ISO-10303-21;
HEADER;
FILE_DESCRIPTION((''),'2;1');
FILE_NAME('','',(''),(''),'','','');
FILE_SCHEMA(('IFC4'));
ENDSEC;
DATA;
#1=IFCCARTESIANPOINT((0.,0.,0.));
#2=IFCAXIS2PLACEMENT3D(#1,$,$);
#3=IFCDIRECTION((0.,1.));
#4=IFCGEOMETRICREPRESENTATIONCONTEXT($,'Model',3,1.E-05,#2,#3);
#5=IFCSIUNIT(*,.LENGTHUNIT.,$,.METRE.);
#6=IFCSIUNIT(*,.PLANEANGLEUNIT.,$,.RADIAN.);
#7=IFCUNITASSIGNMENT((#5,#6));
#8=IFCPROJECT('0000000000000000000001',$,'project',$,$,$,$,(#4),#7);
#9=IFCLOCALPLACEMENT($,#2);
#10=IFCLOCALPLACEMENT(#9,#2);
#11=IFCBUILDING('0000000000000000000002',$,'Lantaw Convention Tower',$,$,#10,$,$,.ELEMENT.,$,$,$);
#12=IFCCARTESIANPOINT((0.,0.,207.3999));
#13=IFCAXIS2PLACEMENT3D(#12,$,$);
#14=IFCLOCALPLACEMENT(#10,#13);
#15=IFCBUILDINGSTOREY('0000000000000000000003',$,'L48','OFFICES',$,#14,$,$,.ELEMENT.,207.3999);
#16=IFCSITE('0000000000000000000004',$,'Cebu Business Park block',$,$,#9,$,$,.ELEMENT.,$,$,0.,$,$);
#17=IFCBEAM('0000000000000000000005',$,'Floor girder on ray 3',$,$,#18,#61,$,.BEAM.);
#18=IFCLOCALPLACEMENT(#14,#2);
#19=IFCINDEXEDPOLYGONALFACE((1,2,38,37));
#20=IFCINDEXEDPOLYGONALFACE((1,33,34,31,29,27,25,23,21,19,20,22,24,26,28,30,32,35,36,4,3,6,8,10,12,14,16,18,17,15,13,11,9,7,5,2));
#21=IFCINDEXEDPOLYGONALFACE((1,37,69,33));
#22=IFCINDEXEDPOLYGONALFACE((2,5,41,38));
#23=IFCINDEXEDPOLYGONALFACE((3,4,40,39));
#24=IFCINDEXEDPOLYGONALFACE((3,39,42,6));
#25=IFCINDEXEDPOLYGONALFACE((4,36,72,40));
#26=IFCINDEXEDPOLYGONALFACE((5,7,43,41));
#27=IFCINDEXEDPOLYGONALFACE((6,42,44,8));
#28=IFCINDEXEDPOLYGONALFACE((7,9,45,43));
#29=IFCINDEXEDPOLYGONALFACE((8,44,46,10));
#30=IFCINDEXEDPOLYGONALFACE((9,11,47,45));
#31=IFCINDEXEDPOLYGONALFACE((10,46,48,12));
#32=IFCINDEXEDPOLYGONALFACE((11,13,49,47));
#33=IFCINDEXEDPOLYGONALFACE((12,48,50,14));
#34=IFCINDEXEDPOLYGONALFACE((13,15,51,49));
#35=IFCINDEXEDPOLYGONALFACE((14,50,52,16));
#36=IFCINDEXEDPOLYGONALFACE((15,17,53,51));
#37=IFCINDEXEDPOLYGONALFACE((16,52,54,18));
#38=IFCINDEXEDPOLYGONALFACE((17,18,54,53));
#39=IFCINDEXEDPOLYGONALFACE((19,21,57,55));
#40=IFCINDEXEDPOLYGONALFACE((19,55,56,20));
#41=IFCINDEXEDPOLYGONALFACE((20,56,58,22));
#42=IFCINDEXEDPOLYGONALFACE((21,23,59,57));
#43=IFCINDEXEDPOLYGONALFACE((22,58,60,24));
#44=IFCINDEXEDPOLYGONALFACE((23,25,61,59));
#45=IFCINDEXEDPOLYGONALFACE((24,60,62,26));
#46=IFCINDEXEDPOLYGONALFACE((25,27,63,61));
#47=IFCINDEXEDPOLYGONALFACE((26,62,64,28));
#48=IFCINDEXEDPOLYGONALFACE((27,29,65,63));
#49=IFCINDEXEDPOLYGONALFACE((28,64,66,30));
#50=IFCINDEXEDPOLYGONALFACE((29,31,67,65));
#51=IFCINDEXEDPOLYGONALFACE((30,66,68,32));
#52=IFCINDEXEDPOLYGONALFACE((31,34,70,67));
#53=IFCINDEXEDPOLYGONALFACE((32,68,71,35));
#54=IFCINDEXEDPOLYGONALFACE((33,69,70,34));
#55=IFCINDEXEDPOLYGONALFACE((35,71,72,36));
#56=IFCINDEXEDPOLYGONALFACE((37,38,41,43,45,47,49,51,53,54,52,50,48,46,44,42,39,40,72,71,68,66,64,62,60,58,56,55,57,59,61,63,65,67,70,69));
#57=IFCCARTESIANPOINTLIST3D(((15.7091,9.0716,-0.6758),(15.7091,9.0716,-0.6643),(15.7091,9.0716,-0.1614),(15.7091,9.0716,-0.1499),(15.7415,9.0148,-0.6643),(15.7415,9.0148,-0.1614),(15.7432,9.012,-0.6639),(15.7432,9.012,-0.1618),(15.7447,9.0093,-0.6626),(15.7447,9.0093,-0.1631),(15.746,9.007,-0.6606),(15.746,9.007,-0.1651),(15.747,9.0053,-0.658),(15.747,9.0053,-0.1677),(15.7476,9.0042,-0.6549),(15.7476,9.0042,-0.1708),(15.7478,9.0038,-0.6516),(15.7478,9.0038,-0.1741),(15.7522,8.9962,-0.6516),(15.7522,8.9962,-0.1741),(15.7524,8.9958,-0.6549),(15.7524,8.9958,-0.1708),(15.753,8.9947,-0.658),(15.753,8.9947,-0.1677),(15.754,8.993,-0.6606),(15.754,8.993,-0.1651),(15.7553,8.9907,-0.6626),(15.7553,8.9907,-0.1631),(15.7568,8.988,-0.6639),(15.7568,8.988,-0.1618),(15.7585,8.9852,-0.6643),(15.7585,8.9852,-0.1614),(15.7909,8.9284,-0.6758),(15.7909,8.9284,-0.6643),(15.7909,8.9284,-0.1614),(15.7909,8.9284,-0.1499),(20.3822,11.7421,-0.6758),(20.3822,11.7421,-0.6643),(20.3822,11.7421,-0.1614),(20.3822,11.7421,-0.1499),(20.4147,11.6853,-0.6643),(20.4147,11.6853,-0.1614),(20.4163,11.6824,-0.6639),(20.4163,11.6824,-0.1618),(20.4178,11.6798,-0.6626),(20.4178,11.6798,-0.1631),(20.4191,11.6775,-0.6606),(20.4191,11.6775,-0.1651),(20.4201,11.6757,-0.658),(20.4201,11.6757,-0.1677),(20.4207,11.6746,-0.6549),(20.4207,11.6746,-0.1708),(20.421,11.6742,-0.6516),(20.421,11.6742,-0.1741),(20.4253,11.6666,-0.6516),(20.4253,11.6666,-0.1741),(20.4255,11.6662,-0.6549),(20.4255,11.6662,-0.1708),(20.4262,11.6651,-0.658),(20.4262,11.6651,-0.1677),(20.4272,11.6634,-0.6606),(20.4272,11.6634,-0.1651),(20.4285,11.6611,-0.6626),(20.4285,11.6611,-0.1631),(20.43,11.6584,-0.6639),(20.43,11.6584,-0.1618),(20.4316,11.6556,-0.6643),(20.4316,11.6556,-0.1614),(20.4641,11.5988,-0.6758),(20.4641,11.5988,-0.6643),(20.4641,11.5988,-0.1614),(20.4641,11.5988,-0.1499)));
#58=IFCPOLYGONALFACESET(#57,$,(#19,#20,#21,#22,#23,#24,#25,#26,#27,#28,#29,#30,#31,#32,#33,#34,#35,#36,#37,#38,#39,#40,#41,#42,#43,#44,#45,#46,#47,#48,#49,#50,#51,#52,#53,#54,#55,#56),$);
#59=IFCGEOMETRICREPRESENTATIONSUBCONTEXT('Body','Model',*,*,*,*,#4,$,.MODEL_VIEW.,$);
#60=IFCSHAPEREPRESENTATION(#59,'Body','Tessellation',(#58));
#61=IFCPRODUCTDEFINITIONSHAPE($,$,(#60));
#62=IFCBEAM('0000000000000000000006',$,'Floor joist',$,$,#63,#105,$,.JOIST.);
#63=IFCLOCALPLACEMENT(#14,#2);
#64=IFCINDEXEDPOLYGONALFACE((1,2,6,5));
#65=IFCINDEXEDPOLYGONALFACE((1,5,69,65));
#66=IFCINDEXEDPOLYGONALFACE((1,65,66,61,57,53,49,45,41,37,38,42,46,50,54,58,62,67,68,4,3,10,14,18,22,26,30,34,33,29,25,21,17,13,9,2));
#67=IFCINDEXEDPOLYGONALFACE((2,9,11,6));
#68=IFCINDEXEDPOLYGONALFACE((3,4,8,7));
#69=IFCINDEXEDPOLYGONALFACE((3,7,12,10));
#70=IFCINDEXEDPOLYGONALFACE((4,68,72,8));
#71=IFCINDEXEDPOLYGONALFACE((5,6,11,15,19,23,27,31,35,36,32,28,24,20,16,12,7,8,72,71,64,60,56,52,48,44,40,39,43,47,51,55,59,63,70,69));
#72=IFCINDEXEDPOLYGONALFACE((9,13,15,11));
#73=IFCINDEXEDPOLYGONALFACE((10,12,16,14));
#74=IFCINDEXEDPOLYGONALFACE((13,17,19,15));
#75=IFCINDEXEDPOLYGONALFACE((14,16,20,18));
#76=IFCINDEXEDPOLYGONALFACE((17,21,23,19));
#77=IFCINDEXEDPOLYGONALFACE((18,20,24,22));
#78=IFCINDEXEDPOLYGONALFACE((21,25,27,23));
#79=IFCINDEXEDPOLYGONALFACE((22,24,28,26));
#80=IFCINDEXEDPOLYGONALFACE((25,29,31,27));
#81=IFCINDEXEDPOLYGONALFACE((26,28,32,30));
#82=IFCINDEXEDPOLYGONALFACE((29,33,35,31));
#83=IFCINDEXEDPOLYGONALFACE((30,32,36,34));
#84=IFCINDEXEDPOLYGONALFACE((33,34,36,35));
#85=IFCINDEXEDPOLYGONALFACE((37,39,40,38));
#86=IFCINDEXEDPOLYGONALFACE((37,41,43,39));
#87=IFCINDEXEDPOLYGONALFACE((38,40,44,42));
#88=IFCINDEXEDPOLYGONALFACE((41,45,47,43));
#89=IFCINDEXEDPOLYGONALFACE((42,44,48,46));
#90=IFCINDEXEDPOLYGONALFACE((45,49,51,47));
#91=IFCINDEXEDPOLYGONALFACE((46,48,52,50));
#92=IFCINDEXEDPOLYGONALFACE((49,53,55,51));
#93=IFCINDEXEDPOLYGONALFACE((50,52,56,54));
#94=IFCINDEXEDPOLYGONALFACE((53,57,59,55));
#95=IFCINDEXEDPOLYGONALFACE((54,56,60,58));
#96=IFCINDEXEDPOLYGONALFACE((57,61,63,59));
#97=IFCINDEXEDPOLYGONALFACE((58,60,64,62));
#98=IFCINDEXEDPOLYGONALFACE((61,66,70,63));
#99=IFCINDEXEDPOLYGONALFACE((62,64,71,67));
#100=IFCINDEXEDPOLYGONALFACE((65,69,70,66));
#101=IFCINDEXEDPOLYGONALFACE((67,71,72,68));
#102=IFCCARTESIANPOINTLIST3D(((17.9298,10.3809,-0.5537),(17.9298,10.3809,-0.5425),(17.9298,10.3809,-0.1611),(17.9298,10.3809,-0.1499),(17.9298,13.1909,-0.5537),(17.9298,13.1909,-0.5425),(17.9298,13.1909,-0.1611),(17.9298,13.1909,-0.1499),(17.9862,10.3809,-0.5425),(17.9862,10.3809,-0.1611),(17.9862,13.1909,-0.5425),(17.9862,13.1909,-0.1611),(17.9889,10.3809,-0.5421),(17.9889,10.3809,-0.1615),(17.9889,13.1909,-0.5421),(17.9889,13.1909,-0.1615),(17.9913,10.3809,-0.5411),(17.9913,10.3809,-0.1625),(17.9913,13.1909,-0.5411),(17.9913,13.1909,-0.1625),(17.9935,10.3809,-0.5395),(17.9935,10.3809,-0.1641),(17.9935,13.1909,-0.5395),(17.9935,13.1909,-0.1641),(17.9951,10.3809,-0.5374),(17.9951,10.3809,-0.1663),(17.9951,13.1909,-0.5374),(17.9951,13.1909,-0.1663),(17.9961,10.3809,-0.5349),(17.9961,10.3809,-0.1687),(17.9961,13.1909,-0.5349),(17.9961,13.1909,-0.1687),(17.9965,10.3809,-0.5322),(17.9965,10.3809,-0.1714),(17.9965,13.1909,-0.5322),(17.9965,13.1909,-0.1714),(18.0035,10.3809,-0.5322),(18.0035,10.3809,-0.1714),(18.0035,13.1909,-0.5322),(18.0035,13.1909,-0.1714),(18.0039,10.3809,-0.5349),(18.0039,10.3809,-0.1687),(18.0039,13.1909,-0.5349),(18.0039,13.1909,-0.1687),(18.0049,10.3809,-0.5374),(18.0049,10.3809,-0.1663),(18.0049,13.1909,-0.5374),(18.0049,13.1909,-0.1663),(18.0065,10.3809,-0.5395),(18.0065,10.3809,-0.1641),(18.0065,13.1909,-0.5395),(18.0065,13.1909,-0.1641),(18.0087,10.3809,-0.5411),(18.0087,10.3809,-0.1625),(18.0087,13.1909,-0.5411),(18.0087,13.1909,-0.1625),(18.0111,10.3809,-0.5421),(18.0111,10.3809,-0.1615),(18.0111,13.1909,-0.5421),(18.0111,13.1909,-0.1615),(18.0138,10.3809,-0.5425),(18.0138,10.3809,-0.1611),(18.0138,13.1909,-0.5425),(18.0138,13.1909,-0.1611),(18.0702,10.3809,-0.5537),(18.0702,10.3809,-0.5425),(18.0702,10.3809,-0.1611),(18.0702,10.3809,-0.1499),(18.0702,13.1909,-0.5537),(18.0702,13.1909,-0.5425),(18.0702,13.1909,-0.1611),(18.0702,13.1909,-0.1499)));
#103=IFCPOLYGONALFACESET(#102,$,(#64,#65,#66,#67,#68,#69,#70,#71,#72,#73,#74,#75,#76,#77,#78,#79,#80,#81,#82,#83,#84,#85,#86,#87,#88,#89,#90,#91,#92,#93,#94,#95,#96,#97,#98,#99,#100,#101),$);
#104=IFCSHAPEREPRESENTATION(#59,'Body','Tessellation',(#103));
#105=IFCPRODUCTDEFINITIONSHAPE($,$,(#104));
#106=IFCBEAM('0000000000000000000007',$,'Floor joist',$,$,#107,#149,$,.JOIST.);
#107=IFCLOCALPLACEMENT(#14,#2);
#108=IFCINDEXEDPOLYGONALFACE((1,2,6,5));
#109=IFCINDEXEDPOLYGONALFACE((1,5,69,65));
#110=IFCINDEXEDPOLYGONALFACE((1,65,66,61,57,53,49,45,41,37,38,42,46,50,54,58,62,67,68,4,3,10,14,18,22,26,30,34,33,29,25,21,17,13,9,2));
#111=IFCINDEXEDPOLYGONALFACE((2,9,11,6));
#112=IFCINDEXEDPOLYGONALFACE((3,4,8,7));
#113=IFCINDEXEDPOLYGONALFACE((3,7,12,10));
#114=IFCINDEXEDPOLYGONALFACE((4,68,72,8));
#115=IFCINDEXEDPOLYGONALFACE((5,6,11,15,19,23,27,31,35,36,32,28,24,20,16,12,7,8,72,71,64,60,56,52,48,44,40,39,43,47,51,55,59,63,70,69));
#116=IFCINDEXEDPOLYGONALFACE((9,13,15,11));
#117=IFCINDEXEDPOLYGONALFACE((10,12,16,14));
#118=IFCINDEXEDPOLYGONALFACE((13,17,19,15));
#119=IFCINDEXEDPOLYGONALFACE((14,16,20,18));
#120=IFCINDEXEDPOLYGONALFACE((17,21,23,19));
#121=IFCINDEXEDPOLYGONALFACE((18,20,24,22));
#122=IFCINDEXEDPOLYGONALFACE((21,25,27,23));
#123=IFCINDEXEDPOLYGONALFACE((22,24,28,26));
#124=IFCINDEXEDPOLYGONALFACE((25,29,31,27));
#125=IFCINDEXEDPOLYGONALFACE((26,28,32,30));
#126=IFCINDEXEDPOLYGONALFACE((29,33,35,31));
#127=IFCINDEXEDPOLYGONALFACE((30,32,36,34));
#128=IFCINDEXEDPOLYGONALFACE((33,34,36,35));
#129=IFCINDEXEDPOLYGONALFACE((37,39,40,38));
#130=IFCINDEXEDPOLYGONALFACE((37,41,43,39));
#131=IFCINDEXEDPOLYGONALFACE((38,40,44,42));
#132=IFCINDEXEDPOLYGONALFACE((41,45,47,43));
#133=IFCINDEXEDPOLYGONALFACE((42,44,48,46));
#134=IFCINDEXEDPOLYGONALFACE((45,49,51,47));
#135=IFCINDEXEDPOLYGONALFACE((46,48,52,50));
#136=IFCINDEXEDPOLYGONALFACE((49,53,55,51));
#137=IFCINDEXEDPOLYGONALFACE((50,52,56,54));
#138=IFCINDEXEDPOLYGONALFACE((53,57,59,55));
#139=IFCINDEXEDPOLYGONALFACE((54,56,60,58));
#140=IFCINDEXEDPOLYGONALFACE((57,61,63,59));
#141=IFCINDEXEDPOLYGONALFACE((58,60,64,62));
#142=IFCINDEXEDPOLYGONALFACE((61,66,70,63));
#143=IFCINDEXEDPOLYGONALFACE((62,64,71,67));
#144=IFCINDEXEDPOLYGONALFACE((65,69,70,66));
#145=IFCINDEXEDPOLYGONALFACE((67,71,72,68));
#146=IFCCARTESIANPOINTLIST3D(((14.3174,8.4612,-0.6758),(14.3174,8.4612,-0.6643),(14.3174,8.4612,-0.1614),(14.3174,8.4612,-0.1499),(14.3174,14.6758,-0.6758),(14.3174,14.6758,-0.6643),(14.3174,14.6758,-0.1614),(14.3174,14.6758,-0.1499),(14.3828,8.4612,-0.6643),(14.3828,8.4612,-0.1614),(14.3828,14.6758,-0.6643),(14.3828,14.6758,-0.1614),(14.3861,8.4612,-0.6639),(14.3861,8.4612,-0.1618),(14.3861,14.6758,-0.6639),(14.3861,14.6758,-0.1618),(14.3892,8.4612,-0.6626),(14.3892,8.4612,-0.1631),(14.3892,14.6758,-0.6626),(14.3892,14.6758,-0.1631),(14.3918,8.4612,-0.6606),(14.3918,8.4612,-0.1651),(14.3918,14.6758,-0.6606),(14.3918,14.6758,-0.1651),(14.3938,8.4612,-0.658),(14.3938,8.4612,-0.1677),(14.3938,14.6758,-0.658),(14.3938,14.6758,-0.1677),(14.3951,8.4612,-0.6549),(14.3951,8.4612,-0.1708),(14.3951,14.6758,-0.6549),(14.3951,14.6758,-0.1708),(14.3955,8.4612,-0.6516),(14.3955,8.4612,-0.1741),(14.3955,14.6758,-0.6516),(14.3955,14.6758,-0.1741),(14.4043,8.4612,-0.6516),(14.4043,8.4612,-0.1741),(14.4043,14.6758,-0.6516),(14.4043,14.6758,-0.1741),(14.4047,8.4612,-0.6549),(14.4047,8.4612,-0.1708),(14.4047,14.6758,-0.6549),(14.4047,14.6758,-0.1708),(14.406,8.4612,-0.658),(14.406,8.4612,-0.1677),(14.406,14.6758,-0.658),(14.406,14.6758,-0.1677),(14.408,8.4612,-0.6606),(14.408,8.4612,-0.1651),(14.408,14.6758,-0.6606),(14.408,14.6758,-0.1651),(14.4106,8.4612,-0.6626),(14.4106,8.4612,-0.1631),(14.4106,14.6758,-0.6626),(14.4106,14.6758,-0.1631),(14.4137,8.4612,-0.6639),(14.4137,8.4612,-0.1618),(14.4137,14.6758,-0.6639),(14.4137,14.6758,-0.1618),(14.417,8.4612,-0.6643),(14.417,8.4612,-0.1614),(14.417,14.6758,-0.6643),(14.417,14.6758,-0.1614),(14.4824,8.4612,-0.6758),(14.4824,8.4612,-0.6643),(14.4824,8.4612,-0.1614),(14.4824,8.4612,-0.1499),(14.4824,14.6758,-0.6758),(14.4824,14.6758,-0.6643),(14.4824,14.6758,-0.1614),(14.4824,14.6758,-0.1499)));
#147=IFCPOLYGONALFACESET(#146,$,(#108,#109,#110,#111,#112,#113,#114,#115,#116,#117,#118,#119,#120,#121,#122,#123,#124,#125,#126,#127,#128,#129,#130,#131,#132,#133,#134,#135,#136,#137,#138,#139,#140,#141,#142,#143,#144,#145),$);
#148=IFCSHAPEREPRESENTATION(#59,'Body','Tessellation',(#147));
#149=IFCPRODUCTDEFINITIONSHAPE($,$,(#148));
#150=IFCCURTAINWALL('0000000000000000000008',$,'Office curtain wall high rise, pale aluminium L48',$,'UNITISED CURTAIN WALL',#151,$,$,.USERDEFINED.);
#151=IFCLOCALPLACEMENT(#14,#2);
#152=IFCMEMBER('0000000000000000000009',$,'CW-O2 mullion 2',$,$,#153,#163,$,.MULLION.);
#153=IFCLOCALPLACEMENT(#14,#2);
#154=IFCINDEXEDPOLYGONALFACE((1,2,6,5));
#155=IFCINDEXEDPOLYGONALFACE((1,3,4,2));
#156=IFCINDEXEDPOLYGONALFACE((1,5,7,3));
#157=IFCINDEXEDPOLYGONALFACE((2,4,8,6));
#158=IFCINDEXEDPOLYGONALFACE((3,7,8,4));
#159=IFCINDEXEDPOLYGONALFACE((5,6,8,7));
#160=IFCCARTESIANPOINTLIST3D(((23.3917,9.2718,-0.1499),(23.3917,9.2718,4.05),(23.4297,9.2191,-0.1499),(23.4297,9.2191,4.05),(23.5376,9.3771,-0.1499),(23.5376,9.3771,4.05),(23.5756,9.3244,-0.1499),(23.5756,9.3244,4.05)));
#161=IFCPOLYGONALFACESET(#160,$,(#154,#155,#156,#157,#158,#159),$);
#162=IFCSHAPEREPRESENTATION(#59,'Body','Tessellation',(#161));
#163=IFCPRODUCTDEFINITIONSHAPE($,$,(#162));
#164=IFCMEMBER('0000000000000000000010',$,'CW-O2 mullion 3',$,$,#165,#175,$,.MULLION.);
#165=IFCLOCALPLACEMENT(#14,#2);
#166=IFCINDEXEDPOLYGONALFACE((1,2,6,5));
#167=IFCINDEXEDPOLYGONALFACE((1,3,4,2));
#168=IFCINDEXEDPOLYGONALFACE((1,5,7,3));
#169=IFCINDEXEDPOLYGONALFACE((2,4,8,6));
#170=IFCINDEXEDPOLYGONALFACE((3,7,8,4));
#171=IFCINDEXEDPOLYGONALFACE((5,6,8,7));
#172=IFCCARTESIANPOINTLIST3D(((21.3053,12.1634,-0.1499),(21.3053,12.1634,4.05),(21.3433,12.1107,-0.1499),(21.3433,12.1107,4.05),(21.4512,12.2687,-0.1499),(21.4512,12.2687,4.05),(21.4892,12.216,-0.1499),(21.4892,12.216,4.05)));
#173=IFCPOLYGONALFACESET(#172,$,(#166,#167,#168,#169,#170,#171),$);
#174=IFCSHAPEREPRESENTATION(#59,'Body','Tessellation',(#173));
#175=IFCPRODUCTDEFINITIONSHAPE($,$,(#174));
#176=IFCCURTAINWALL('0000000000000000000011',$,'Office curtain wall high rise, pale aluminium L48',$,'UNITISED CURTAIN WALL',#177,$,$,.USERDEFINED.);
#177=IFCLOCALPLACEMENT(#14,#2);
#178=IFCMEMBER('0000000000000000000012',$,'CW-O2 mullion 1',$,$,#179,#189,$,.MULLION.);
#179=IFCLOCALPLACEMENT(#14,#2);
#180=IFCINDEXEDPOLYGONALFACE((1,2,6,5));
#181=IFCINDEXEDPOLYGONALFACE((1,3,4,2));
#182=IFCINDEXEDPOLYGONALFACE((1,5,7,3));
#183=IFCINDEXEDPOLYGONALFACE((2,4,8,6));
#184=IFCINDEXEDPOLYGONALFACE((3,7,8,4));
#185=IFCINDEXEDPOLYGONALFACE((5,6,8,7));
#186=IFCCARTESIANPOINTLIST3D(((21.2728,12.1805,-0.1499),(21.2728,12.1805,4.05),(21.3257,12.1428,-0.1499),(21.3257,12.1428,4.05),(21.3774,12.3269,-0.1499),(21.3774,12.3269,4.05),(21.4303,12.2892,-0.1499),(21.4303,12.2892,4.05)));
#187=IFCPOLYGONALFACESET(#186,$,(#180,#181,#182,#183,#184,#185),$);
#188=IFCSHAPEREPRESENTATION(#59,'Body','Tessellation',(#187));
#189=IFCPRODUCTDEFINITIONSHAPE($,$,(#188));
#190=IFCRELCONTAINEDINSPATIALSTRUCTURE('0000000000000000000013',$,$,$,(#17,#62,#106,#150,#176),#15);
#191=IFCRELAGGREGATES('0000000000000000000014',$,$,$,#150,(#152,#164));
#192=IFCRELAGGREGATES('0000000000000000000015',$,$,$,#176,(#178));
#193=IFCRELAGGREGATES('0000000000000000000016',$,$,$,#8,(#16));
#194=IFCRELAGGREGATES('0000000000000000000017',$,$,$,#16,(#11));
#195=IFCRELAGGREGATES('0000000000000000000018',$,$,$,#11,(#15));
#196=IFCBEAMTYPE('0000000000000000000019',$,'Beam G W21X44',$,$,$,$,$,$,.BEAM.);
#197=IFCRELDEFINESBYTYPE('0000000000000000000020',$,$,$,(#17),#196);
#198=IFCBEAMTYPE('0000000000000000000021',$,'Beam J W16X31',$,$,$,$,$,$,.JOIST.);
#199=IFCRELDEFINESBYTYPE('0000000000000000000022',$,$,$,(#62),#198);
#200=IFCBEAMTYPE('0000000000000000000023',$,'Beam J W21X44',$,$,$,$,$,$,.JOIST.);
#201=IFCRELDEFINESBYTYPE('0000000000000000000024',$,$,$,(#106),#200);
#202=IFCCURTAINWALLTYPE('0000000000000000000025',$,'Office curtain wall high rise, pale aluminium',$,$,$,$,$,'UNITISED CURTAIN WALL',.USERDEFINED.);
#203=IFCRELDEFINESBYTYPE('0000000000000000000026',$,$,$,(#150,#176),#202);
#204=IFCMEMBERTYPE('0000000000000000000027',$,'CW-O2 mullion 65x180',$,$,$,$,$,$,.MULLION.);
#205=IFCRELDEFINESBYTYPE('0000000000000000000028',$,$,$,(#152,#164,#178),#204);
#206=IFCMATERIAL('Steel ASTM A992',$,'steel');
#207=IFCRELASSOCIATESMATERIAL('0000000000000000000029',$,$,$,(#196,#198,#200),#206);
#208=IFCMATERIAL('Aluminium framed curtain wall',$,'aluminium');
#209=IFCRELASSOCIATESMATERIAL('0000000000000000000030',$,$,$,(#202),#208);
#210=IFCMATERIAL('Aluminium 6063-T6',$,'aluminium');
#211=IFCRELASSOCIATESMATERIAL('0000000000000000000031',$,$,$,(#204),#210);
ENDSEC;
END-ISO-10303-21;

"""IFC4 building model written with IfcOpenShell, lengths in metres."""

from ifc_helpers import new_model, si_unit, direction, frame, origin, origin_2d, place, context, subcontext, project, spatial, rectangle, i_section, extrude, material, material_profile, profile_set, type_object, element, aggregate, save


model = new_model("IFC4")

# Units and contexts
model_context = context("Model", 3, precision=1e-05, world=origin(), true_north=direction((0.0, 1.0)))
body_context = subcontext(model_context, "Body", "Model", "MODEL_VIEW")
ifc_project = project(units=[si_unit("LENGTHUNIT", "METRE"), si_unit("PLANEANGLEUNIT", "RADIAN")], contexts=[model_context])

# Site, building, storey
site_placement = place(None, origin())
site = spatial("IfcSite", under=ifc_project, at=site_placement, Name="Cebu Business Park block", CompositionType="ELEMENT", RefElevation=0.0)
building_placement = place(site_placement, origin())
building = spatial("IfcBuilding", under=site, at=building_placement, Name="Lantaw Convention Tower", CompositionType="ELEMENT")
storey_placement = place(building_placement, frame((0.0, 0.0, 207.3999)))
storey = spatial("IfcBuildingStorey", under=building, at=storey_placement, Name="L48", Description="OFFICES", CompositionType="ELEMENT", Elevation=207.3999)

# Beams
ifc_material_1 = material(Name="Steel ASTM A992", Category="steel")
ifc_material_profile_1 = material_profile(ifc_material_1, i_section(OverallWidth=0.165, OverallDepth=0.5259, WebThickness=0.0088, FlangeThickness=0.0115, FilletRadius=0.0127, at=origin_2d()), Name="W21X44")
ifc_profile_set_1 = profile_set([ifc_material_profile_1], Name="Steel ASTM A992")
beam_type_1 = type_object("IfcBeamType", Name="Beam G W21X44", PredefinedType="BEAM", material=ifc_profile_set_1)
beam_1_placement = place(storey_placement, frame((15.75, 9.0, -0.4128), z_axis=(0.868238, 0.496149, 0.0), x_axis=(-0.496149, 0.868238, 0.0)))
element("IfcBeam", 1, at=beam_1_placement, inside=storey, type_object=beam_type_1, Name="Floor girder on ray 3", PredefinedType="BEAM", context=body_context, shape_type="SweptSolid", body=[
    extrude(i_section(OverallWidth=0.165, OverallDepth=0.5259, WebThickness=0.0088, FlangeThickness=0.0115, FilletRadius=0.0127, at=origin_2d()), origin(), (0.0, 0.0, 1.0), 5.3823),
])
ifc_material_profile_2 = material_profile(ifc_material_1, i_section(OverallWidth=0.1404, OverallDepth=0.4038, WebThickness=0.0071, FlangeThickness=0.0112, FilletRadius=0.0103, at=origin_2d()), Name="W16X31")
ifc_profile_set_2 = profile_set([ifc_material_profile_2], Name="Steel ASTM A992")
beam_type_2 = type_object("IfcBeamType", Name="Beam J W16X31", PredefinedType="JOIST", material=ifc_profile_set_2)
beam_2_placement = place(storey_placement, frame((18.0, 10.3809, -0.3518), z_axis=(0.0, 1.0, 0.0), x_axis=(-1.0, 0.0, 0.0)))
element("IfcBeam", 2, at=beam_2_placement, inside=storey, type_object=beam_type_2, Name="Floor joist", PredefinedType="JOIST", context=body_context, shape_type="SweptSolid", body=[
    extrude(i_section(OverallWidth=0.1404, OverallDepth=0.4038, WebThickness=0.0071, FlangeThickness=0.0112, FilletRadius=0.0103, at=origin_2d()), origin(), (0.0, 0.0, 1.0), 2.8101),
])
ifc_material_profile_3 = material_profile(ifc_material_1, i_section(OverallWidth=0.165, OverallDepth=0.5259, WebThickness=0.0088, FlangeThickness=0.0115, FilletRadius=0.0127, at=origin_2d()), Name="W21X44")
ifc_profile_set_3 = profile_set([ifc_material_profile_3], Name="Steel ASTM A992")
beam_type_3 = type_object("IfcBeamType", Name="Beam J W21X44", PredefinedType="JOIST", material=ifc_profile_set_3)
beam_3_placement = place(storey_placement, frame((14.3999, 8.4612, -0.4128), z_axis=(0.0, 1.0, 0.0), x_axis=(-1.0, 0.0, 0.0)))
element("IfcBeam", 3, at=beam_3_placement, inside=storey, type_object=beam_type_3, Name="Floor joist", PredefinedType="JOIST", context=body_context, shape_type="SweptSolid", body=[
    extrude(i_section(OverallWidth=0.165, OverallDepth=0.5259, WebThickness=0.0088, FlangeThickness=0.0115, FilletRadius=0.0127, at=origin_2d()), origin(), (0.0, 0.0, 1.0), 6.2146),
])

# Curtain walls, members
ifc_material_2 = material(Name="Aluminium framed curtain wall", Category="aluminium")
curtain_wall_type = type_object("IfcCurtainWallType", Name="Office curtain wall high rise, pale aluminium", ElementType="UNITISED CURTAIN WALL", PredefinedType="USERDEFINED", material=ifc_material_2)
curtain_wall_1_placement = place(storey_placement, origin())
curtain_wall_1 = element("IfcCurtainWall", 4, at=curtain_wall_1_placement, inside=storey, type_object=curtain_wall_type, Name="Office curtain wall high rise, pale aluminium L48", ObjectType="UNITISED CURTAIN WALL", PredefinedType="USERDEFINED")
ifc_material_3 = material(Name="Aluminium 6063-T6", Category="aluminium")
ifc_material_profile_4 = material_profile(ifc_material_3, rectangle(XDim=0.1799, YDim=0.0649, at=origin_2d()), Name="CW-O2 mullion 65x180")
ifc_profile_set_4 = profile_set([ifc_material_profile_4], Name="Aluminium 6063-T6")
member_type_1 = type_object("IfcMemberType", Name="CW-O2 mullion 65x180", PredefinedType="MULLION", material=ifc_profile_set_4)
member_1_placement = place(storey_placement, frame((23.4836, 9.2981, -0.1499), z_axis=(0.0, 0.0, 1.0), x_axis=(-0.81092, -0.585158, 0.0)))
member_1 = element("IfcMember", 5, at=member_1_placement, type_object=member_type_1, Name="CW-O2 mullion 2", PredefinedType="MULLION", context=body_context, shape_type="SweptSolid", body=[
    extrude(rectangle(XDim=0.1799, YDim=0.0649, at=origin_2d()), origin(), (0.0, 0.0, 1.0), 4.2),
])
member_2_placement = place(storey_placement, frame((21.3972, 12.1897, -0.1499), z_axis=(0.0, 0.0, 1.0), x_axis=(-0.81092, -0.585158, 0.0)))
member_2 = element("IfcMember", 6, at=member_2_placement, type_object=member_type_1, Name="CW-O2 mullion 3", PredefinedType="MULLION", context=body_context, shape_type="SweptSolid", body=[
    extrude(rectangle(XDim=0.1799, YDim=0.0649, at=origin_2d()), origin(), (0.0, 0.0, 1.0), 4.2),
])
curtain_wall_2_placement = place(storey_placement, origin())
curtain_wall_2 = element("IfcCurtainWall", 7, at=curtain_wall_2_placement, inside=storey, type_object=curtain_wall_type, Name="Office curtain wall high rise, pale aluminium L48", ObjectType="UNITISED CURTAIN WALL", PredefinedType="USERDEFINED")
member_3_placement = place(storey_placement, frame((21.3516, 12.2349, -0.1499), z_axis=(0.0, 0.0, 1.0), x_axis=(-0.581323, -0.813673, 0.0)))
member_3 = element("IfcMember", 8, at=member_3_placement, type_object=member_type_1, Name="CW-O2 mullion 1", PredefinedType="MULLION", context=body_context, shape_type="SweptSolid", body=[
    extrude(rectangle(XDim=0.1799, YDim=0.0649, at=origin_2d()), origin(), (0.0, 0.0, 1.0), 4.2),
])

aggregate(curtain_wall_1, [member_1, member_2])
aggregate(curtain_wall_2, [member_3])

save(model, "model.ifc")
